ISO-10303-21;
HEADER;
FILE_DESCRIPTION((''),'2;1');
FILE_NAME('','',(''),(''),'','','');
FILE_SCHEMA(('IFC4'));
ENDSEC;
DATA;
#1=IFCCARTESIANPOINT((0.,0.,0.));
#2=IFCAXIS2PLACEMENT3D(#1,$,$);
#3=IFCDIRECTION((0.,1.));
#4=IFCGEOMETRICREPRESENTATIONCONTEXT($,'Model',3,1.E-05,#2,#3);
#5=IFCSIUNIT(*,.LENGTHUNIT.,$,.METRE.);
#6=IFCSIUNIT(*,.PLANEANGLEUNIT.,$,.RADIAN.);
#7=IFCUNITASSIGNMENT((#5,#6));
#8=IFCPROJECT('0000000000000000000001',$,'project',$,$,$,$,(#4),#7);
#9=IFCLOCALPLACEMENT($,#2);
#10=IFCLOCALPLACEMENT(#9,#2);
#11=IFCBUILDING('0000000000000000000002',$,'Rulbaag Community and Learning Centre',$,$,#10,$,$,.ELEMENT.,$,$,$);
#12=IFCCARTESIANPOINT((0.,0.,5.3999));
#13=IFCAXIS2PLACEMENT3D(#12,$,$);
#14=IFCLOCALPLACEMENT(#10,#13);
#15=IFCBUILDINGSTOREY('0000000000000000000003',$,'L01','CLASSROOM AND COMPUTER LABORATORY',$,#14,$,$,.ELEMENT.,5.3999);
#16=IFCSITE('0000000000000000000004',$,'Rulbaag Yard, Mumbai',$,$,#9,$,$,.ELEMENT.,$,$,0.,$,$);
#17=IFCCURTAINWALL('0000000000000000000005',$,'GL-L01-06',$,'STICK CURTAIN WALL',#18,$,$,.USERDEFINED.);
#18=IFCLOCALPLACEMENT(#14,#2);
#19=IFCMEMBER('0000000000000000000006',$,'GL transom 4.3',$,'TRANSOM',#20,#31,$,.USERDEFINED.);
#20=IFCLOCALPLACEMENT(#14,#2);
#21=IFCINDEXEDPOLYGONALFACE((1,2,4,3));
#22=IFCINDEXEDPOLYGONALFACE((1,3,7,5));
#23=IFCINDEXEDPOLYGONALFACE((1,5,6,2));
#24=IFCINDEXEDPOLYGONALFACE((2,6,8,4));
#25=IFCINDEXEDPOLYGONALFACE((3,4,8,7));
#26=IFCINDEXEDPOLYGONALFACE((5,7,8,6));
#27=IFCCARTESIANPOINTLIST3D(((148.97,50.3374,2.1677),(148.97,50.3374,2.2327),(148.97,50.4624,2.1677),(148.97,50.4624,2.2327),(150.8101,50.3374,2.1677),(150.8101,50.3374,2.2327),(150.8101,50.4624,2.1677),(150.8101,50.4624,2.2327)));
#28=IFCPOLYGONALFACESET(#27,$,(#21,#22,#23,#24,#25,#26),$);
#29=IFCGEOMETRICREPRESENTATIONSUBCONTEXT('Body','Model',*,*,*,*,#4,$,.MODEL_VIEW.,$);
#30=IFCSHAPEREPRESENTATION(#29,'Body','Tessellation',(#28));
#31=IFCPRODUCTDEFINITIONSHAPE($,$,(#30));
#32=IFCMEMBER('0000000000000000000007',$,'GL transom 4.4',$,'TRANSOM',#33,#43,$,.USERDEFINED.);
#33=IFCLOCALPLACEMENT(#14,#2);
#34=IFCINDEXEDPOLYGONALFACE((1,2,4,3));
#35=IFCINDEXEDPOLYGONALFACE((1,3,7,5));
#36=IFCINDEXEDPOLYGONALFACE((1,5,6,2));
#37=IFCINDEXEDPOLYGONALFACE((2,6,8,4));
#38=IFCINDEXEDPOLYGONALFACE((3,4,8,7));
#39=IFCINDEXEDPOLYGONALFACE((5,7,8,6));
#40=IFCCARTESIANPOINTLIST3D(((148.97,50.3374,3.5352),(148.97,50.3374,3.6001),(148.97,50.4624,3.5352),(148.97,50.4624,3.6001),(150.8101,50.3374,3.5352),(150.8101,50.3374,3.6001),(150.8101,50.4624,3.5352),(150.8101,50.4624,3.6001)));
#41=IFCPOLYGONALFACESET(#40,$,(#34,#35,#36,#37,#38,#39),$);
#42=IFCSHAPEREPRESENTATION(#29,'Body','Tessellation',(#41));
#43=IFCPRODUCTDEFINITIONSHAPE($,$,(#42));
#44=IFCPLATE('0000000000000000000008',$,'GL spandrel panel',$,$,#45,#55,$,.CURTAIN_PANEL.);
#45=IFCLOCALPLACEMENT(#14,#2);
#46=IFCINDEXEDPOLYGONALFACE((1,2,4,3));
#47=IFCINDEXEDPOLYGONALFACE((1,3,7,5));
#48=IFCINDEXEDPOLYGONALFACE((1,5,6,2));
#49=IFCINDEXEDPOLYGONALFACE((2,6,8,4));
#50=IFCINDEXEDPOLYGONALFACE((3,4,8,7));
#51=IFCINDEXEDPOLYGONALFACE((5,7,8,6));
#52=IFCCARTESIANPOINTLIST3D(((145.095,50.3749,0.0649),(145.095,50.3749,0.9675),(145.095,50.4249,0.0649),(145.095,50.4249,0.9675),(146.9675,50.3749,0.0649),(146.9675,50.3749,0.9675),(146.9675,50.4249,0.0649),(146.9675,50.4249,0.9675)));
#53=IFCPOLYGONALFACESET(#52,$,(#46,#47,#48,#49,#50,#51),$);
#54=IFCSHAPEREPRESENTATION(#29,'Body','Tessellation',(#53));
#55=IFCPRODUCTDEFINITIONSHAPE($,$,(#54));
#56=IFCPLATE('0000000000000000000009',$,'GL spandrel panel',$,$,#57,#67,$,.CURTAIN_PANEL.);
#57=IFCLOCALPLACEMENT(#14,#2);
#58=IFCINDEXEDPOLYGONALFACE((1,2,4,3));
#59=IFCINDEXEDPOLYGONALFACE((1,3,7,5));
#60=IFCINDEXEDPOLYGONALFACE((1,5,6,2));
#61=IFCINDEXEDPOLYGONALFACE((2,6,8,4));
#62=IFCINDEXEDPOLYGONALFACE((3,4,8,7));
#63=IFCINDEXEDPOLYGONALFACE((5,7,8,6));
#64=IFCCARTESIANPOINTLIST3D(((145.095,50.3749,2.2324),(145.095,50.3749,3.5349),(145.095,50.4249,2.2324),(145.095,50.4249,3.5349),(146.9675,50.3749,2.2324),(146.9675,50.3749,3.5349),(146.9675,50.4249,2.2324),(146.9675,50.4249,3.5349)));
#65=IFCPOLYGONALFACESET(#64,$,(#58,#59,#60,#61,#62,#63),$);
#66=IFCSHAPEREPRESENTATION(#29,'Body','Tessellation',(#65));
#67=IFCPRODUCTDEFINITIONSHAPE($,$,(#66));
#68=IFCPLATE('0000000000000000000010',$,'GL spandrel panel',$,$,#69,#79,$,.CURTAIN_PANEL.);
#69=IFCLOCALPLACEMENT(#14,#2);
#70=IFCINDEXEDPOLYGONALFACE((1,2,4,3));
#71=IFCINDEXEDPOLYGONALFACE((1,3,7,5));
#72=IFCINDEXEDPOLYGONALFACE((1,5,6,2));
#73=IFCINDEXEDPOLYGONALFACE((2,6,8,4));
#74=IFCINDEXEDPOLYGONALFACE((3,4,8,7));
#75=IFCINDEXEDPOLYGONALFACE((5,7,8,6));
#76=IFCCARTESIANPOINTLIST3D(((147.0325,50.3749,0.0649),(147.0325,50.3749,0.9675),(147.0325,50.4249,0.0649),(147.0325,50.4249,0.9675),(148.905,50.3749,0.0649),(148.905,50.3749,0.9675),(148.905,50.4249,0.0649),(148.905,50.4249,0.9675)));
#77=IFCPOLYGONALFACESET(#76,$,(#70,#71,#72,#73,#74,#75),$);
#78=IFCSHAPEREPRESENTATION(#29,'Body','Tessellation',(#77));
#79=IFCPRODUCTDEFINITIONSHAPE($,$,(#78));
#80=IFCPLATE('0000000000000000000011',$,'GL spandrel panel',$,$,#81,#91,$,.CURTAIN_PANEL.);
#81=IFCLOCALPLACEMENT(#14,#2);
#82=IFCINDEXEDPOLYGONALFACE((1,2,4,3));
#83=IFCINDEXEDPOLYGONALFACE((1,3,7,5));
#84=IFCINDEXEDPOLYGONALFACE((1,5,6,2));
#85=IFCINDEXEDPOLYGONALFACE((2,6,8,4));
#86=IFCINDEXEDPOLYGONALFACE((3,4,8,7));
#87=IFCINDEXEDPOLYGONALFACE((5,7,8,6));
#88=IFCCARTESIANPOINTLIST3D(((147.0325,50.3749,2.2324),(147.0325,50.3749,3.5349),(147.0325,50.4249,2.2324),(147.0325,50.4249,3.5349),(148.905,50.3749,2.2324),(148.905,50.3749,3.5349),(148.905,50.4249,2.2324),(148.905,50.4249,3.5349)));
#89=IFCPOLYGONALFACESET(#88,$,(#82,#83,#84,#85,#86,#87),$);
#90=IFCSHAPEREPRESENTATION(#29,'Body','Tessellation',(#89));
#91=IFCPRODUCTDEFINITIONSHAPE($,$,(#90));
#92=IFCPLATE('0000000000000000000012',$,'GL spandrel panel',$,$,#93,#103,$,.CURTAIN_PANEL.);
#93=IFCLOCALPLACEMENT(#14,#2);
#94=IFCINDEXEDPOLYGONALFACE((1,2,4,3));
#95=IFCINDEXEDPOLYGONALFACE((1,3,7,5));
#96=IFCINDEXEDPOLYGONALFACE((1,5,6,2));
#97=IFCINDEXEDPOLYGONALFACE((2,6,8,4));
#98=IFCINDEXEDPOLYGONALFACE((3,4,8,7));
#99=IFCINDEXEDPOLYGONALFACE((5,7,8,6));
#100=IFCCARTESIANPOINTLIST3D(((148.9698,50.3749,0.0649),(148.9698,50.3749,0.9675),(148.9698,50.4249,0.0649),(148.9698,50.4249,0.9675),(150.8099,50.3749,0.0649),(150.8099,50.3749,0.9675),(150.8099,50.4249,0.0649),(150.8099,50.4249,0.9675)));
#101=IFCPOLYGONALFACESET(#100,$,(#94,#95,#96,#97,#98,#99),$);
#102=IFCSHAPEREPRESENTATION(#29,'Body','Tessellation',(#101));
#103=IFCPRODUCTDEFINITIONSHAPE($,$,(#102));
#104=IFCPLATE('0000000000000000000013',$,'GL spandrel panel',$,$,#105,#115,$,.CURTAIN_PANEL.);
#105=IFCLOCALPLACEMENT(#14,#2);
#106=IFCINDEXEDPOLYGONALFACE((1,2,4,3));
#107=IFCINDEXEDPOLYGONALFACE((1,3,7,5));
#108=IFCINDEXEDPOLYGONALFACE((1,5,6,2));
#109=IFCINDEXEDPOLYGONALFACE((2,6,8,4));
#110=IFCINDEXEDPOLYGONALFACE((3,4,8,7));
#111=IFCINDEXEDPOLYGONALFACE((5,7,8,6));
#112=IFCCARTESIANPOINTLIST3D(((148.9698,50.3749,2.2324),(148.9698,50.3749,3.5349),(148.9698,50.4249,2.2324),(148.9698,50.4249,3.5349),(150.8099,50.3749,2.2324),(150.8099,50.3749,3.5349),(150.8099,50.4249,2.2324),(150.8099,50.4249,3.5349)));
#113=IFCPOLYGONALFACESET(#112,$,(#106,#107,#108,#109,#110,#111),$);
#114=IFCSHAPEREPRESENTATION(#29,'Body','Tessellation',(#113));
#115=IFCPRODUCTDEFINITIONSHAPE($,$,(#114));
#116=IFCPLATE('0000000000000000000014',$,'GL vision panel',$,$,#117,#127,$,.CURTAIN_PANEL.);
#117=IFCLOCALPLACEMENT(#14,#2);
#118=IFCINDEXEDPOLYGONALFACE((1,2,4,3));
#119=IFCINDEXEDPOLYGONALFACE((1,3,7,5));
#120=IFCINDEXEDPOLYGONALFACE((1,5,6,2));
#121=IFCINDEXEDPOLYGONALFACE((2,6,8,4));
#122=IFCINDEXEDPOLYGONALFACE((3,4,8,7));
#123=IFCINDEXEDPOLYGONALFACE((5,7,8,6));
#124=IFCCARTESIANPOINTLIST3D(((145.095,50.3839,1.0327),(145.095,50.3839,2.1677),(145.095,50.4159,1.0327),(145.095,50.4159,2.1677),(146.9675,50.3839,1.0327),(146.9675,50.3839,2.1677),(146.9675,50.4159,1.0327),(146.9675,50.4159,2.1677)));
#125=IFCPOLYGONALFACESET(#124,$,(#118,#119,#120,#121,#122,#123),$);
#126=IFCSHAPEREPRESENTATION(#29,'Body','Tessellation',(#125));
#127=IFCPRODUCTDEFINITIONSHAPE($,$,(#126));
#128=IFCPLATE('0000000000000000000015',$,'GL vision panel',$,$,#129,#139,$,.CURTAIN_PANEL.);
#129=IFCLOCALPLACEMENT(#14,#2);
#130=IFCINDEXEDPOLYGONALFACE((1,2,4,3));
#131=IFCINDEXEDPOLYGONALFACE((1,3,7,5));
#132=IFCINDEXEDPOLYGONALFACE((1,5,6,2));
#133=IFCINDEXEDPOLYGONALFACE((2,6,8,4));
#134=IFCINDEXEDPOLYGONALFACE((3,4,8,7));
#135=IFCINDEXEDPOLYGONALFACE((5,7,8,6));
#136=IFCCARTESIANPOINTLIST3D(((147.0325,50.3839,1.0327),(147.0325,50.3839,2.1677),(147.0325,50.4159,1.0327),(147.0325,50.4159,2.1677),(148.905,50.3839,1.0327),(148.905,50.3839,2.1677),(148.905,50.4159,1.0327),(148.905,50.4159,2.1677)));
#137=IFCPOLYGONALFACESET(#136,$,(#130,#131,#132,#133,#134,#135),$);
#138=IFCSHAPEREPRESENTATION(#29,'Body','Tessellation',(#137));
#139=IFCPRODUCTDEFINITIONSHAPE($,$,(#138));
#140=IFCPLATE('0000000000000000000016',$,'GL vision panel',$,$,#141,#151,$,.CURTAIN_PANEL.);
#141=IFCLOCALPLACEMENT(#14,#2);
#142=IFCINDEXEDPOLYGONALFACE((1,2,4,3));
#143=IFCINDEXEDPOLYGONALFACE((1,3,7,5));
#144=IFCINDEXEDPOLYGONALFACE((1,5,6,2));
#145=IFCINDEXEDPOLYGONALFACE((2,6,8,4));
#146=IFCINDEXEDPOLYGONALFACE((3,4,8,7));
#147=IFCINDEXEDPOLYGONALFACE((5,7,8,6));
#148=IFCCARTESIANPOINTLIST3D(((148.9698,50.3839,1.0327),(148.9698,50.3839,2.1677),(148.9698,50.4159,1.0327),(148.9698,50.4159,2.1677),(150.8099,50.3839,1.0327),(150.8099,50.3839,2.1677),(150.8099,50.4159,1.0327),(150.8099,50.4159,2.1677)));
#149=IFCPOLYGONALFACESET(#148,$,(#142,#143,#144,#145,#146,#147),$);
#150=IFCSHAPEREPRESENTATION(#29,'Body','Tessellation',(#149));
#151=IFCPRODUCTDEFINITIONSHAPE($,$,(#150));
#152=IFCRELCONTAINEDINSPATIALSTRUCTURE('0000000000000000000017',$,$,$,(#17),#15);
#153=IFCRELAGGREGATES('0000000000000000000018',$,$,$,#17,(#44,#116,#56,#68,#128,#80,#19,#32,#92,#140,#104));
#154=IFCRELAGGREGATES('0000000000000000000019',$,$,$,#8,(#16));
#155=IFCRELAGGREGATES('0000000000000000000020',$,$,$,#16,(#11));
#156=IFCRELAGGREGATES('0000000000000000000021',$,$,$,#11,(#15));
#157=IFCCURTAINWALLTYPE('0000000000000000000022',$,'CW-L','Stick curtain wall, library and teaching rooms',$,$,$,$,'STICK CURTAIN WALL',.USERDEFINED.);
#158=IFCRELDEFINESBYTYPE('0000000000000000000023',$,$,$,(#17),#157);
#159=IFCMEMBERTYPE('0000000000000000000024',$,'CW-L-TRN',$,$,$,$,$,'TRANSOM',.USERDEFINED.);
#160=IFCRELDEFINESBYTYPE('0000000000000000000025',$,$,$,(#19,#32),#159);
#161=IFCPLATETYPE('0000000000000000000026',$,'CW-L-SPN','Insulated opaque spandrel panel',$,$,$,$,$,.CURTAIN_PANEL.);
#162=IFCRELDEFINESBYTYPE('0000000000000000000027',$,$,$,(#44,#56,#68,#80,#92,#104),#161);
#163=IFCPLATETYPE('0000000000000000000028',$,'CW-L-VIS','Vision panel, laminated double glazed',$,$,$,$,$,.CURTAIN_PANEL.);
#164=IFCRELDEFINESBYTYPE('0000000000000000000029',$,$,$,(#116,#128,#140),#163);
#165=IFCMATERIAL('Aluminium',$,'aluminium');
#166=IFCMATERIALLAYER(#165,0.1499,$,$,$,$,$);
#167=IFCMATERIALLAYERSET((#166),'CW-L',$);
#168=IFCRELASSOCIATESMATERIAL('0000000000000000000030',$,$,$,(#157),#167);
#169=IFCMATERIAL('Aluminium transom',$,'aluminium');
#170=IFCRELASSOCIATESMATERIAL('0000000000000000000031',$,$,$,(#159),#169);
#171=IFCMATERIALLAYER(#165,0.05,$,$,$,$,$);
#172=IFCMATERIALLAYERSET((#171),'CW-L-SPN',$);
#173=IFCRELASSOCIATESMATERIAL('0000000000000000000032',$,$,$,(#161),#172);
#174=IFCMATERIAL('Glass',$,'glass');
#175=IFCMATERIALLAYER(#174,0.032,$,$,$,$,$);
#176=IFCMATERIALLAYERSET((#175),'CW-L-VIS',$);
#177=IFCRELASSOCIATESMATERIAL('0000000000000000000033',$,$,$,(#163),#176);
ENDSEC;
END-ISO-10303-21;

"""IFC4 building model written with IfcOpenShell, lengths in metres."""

from ifc_helpers import new_model, si_unit, direction, frame, origin, origin_2d, place, context, subcontext, project, spatial, rectangle, extrude, material, layer, layer_set, material_profile, profile_set, type_object, element, aggregate, save


model = new_model("IFC4")

# Units and contexts
model_context = context("Model", 3, precision=1e-05, world=origin(), true_north=direction((0.0, 1.0)))
body_context = subcontext(model_context, "Body", "Model", "MODEL_VIEW")
ifc_project = project(units=[si_unit("LENGTHUNIT", "METRE"), si_unit("PLANEANGLEUNIT", "RADIAN")], contexts=[model_context])

# Site, building, storey
site_placement = place(None, origin())
site = spatial("IfcSite", under=ifc_project, at=site_placement, Name="Rulbaag Yard, Mumbai", CompositionType="ELEMENT", RefElevation=0.0)
building_placement = place(site_placement, origin())
building = spatial("IfcBuilding", under=site, at=building_placement, Name="Rulbaag Community and Learning Centre", CompositionType="ELEMENT")
storey_placement = place(building_placement, frame((0.0, 0.0, 5.3999)))
storey = spatial("IfcBuildingStorey", under=building, at=storey_placement, Name="L01", Description="CLASSROOM AND COMPUTER LABORATORY", CompositionType="ELEMENT", Elevation=5.3999)

# Curtain wall, members, plates
ifc_material_1 = material(Name="Aluminium", Category="aluminium")
ifc_layer_1 = layer(ifc_material_1, 0.1499)
ifc_layer_set_1 = layer_set([ifc_layer_1], Name="CW-L")
curtain_wall_type = type_object("IfcCurtainWallType", Name="CW-L", Description="Stick curtain wall, library and teaching rooms", ElementType="STICK CURTAIN WALL", PredefinedType="USERDEFINED", material=ifc_layer_set_1)
curtain_wall_placement = place(storey_placement, origin())
curtain_wall = element("IfcCurtainWall", 1, at=curtain_wall_placement, inside=storey, type_object=curtain_wall_type, Name="GL-L01-06", ObjectType="STICK CURTAIN WALL", PredefinedType="USERDEFINED")
ifc_material_2 = material(Name="Aluminium transom", Category="aluminium")
ifc_material_profile_1 = material_profile(ifc_material_2, rectangle(XDim=0.125, YDim=0.0649, at=origin_2d()), Name="AL 65x125 T")
ifc_profile_set_1 = profile_set([ifc_material_profile_1], Name="Aluminium transom")
member_type_1 = type_object("IfcMemberType", Name="CW-L-TRN", ElementType="TRANSOM", PredefinedType="USERDEFINED", material=ifc_profile_set_1)
member_1_placement = place(storey_placement, frame((148.97, 50.3999, 2.2002), z_axis=(1.0, 0.0, 0.0), x_axis=(0.0, 1.0, 0.0)))
member_1 = element("IfcMember", 2, at=member_1_placement, type_object=member_type_1, Name="GL transom 4.3", ObjectType="TRANSOM", PredefinedType="USERDEFINED", context=body_context, shape_type="SweptSolid", body=[
    extrude(rectangle(XDim=0.125, YDim=0.0649, at=origin_2d()), origin(), (0.0, 0.0, 1.0), 1.8401),
])
member_2_placement = place(storey_placement, frame((148.97, 50.3999, 3.5676), z_axis=(1.0, 0.0, 0.0), x_axis=(0.0, 1.0, 0.0)))
member_2 = element("IfcMember", 3, at=member_2_placement, type_object=member_type_1, Name="GL transom 4.4", ObjectType="TRANSOM", PredefinedType="USERDEFINED", context=body_context, shape_type="SweptSolid", body=[
    extrude(rectangle(XDim=0.125, YDim=0.0649, at=origin_2d()), origin(), (0.0, 0.0, 1.0), 1.8401),
])
ifc_layer_2 = layer(ifc_material_1, 0.05)
ifc_layer_set_2 = layer_set([ifc_layer_2], Name="CW-L-SPN")
plate_type_1 = type_object("IfcPlateType", Name="CW-L-SPN", Description="Insulated opaque spandrel panel", PredefinedType="CURTAIN_PANEL", material=ifc_layer_set_2)
plate_1_placement = place(storey_placement, frame((146.0312, 50.3999, 0.0649), z_axis=(0.0, 0.0, 1.0), x_axis=(1.0, 0.0, 0.0)))
plate_1 = element("IfcPlate", 4, at=plate_1_placement, type_object=plate_type_1, Name="GL spandrel panel", PredefinedType="CURTAIN_PANEL", context=body_context, shape_type="SweptSolid", body=[
    extrude(rectangle(XDim=1.8726, YDim=0.05, at=origin_2d()), origin(), (0.0, 0.0, 1.0), 0.9026),
])
plate_2_placement = place(storey_placement, frame((146.0312, 50.3999, 2.2324), z_axis=(0.0, 0.0, 1.0), x_axis=(1.0, 0.0, 0.0)))
plate_2 = element("IfcPlate", 5, at=plate_2_placement, type_object=plate_type_1, Name="GL spandrel panel", PredefinedType="CURTAIN_PANEL", context=body_context, shape_type="SweptSolid", body=[
    extrude(rectangle(XDim=1.8726, YDim=0.05, at=origin_2d()), origin(), (0.0, 0.0, 1.0), 1.3025),
])
plate_3_placement = place(storey_placement, frame((147.9688, 50.3999, 0.0649), z_axis=(0.0, 0.0, 1.0), x_axis=(1.0, 0.0, 0.0)))
plate_3 = element("IfcPlate", 6, at=plate_3_placement, type_object=plate_type_1, Name="GL spandrel panel", PredefinedType="CURTAIN_PANEL", context=body_context, shape_type="SweptSolid", body=[
    extrude(rectangle(XDim=1.8726, YDim=0.05, at=origin_2d()), origin(), (0.0, 0.0, 1.0), 0.9026),
])
plate_4_placement = place(storey_placement, frame((147.9688, 50.3999, 2.2324), z_axis=(0.0, 0.0, 1.0), x_axis=(1.0, 0.0, 0.0)))
plate_4 = element("IfcPlate", 7, at=plate_4_placement, type_object=plate_type_1, Name="GL spandrel panel", PredefinedType="CURTAIN_PANEL", context=body_context, shape_type="SweptSolid", body=[
    extrude(rectangle(XDim=1.8726, YDim=0.05, at=origin_2d()), origin(), (0.0, 0.0, 1.0), 1.3025),
])
plate_5_placement = place(storey_placement, frame((149.8899, 50.3999, 0.0649), z_axis=(0.0, 0.0, 1.0), x_axis=(1.0, 0.0, 0.0)))
plate_5 = element("IfcPlate", 8, at=plate_5_placement, type_object=plate_type_1, Name="GL spandrel panel", PredefinedType="CURTAIN_PANEL", context=body_context, shape_type="SweptSolid", body=[
    extrude(rectangle(XDim=1.8401, YDim=0.05, at=origin_2d()), origin(), (0.0, 0.0, 1.0), 0.9026),
])
plate_6_placement = place(storey_placement, frame((149.8899, 50.3999, 2.2324), z_axis=(0.0, 0.0, 1.0), x_axis=(1.0, 0.0, 0.0)))
plate_6 = element("IfcPlate", 9, at=plate_6_placement, type_object=plate_type_1, Name="GL spandrel panel", PredefinedType="CURTAIN_PANEL", context=body_context, shape_type="SweptSolid", body=[
    extrude(rectangle(XDim=1.8401, YDim=0.05, at=origin_2d()), origin(), (0.0, 0.0, 1.0), 1.3025),
])
ifc_material_3 = material(Name="Glass", Category="glass")
ifc_layer_3 = layer(ifc_material_3, 0.032)
ifc_layer_set_3 = layer_set([ifc_layer_3], Name="CW-L-VIS")
plate_type_2 = type_object("IfcPlateType", Name="CW-L-VIS", Description="Vision panel, laminated double glazed", PredefinedType="CURTAIN_PANEL", material=ifc_layer_set_3)
plate_7_placement = place(storey_placement, frame((146.0312, 50.3999, 1.0327), z_axis=(0.0, 0.0, 1.0), x_axis=(1.0, 0.0, 0.0)))
plate_7 = element("IfcPlate", 10, at=plate_7_placement, type_object=plate_type_2, Name="GL vision panel", PredefinedType="CURTAIN_PANEL", context=body_context, shape_type="SweptSolid", body=[
    extrude(rectangle(XDim=1.8726, YDim=0.032, at=origin_2d()), origin(), (0.0, 0.0, 1.0), 1.135),
])
plate_8_placement = place(storey_placement, frame((147.9688, 50.3999, 1.0327), z_axis=(0.0, 0.0, 1.0), x_axis=(1.0, 0.0, 0.0)))
plate_8 = element("IfcPlate", 11, at=plate_8_placement, type_object=plate_type_2, Name="GL vision panel", PredefinedType="CURTAIN_PANEL", context=body_context, shape_type="SweptSolid", body=[
    extrude(rectangle(XDim=1.8726, YDim=0.032, at=origin_2d()), origin(), (0.0, 0.0, 1.0), 1.135),
])
plate_9_placement = place(storey_placement, frame((149.8899, 50.3999, 1.0327), z_axis=(0.0, 0.0, 1.0), x_axis=(1.0, 0.0, 0.0)))
plate_9 = element("IfcPlate", 12, at=plate_9_placement, type_object=plate_type_2, Name="GL vision panel", PredefinedType="CURTAIN_PANEL", context=body_context, shape_type="SweptSolid", body=[
    extrude(rectangle(XDim=1.8401, YDim=0.032, at=origin_2d()), origin(), (0.0, 0.0, 1.0), 1.135),
])
aggregate(curtain_wall, [plate_1, plate_7, plate_2, plate_3, plate_8, plate_4, member_1, member_2, plate_5, plate_9, plate_6])

save(model, "model.ifc")
